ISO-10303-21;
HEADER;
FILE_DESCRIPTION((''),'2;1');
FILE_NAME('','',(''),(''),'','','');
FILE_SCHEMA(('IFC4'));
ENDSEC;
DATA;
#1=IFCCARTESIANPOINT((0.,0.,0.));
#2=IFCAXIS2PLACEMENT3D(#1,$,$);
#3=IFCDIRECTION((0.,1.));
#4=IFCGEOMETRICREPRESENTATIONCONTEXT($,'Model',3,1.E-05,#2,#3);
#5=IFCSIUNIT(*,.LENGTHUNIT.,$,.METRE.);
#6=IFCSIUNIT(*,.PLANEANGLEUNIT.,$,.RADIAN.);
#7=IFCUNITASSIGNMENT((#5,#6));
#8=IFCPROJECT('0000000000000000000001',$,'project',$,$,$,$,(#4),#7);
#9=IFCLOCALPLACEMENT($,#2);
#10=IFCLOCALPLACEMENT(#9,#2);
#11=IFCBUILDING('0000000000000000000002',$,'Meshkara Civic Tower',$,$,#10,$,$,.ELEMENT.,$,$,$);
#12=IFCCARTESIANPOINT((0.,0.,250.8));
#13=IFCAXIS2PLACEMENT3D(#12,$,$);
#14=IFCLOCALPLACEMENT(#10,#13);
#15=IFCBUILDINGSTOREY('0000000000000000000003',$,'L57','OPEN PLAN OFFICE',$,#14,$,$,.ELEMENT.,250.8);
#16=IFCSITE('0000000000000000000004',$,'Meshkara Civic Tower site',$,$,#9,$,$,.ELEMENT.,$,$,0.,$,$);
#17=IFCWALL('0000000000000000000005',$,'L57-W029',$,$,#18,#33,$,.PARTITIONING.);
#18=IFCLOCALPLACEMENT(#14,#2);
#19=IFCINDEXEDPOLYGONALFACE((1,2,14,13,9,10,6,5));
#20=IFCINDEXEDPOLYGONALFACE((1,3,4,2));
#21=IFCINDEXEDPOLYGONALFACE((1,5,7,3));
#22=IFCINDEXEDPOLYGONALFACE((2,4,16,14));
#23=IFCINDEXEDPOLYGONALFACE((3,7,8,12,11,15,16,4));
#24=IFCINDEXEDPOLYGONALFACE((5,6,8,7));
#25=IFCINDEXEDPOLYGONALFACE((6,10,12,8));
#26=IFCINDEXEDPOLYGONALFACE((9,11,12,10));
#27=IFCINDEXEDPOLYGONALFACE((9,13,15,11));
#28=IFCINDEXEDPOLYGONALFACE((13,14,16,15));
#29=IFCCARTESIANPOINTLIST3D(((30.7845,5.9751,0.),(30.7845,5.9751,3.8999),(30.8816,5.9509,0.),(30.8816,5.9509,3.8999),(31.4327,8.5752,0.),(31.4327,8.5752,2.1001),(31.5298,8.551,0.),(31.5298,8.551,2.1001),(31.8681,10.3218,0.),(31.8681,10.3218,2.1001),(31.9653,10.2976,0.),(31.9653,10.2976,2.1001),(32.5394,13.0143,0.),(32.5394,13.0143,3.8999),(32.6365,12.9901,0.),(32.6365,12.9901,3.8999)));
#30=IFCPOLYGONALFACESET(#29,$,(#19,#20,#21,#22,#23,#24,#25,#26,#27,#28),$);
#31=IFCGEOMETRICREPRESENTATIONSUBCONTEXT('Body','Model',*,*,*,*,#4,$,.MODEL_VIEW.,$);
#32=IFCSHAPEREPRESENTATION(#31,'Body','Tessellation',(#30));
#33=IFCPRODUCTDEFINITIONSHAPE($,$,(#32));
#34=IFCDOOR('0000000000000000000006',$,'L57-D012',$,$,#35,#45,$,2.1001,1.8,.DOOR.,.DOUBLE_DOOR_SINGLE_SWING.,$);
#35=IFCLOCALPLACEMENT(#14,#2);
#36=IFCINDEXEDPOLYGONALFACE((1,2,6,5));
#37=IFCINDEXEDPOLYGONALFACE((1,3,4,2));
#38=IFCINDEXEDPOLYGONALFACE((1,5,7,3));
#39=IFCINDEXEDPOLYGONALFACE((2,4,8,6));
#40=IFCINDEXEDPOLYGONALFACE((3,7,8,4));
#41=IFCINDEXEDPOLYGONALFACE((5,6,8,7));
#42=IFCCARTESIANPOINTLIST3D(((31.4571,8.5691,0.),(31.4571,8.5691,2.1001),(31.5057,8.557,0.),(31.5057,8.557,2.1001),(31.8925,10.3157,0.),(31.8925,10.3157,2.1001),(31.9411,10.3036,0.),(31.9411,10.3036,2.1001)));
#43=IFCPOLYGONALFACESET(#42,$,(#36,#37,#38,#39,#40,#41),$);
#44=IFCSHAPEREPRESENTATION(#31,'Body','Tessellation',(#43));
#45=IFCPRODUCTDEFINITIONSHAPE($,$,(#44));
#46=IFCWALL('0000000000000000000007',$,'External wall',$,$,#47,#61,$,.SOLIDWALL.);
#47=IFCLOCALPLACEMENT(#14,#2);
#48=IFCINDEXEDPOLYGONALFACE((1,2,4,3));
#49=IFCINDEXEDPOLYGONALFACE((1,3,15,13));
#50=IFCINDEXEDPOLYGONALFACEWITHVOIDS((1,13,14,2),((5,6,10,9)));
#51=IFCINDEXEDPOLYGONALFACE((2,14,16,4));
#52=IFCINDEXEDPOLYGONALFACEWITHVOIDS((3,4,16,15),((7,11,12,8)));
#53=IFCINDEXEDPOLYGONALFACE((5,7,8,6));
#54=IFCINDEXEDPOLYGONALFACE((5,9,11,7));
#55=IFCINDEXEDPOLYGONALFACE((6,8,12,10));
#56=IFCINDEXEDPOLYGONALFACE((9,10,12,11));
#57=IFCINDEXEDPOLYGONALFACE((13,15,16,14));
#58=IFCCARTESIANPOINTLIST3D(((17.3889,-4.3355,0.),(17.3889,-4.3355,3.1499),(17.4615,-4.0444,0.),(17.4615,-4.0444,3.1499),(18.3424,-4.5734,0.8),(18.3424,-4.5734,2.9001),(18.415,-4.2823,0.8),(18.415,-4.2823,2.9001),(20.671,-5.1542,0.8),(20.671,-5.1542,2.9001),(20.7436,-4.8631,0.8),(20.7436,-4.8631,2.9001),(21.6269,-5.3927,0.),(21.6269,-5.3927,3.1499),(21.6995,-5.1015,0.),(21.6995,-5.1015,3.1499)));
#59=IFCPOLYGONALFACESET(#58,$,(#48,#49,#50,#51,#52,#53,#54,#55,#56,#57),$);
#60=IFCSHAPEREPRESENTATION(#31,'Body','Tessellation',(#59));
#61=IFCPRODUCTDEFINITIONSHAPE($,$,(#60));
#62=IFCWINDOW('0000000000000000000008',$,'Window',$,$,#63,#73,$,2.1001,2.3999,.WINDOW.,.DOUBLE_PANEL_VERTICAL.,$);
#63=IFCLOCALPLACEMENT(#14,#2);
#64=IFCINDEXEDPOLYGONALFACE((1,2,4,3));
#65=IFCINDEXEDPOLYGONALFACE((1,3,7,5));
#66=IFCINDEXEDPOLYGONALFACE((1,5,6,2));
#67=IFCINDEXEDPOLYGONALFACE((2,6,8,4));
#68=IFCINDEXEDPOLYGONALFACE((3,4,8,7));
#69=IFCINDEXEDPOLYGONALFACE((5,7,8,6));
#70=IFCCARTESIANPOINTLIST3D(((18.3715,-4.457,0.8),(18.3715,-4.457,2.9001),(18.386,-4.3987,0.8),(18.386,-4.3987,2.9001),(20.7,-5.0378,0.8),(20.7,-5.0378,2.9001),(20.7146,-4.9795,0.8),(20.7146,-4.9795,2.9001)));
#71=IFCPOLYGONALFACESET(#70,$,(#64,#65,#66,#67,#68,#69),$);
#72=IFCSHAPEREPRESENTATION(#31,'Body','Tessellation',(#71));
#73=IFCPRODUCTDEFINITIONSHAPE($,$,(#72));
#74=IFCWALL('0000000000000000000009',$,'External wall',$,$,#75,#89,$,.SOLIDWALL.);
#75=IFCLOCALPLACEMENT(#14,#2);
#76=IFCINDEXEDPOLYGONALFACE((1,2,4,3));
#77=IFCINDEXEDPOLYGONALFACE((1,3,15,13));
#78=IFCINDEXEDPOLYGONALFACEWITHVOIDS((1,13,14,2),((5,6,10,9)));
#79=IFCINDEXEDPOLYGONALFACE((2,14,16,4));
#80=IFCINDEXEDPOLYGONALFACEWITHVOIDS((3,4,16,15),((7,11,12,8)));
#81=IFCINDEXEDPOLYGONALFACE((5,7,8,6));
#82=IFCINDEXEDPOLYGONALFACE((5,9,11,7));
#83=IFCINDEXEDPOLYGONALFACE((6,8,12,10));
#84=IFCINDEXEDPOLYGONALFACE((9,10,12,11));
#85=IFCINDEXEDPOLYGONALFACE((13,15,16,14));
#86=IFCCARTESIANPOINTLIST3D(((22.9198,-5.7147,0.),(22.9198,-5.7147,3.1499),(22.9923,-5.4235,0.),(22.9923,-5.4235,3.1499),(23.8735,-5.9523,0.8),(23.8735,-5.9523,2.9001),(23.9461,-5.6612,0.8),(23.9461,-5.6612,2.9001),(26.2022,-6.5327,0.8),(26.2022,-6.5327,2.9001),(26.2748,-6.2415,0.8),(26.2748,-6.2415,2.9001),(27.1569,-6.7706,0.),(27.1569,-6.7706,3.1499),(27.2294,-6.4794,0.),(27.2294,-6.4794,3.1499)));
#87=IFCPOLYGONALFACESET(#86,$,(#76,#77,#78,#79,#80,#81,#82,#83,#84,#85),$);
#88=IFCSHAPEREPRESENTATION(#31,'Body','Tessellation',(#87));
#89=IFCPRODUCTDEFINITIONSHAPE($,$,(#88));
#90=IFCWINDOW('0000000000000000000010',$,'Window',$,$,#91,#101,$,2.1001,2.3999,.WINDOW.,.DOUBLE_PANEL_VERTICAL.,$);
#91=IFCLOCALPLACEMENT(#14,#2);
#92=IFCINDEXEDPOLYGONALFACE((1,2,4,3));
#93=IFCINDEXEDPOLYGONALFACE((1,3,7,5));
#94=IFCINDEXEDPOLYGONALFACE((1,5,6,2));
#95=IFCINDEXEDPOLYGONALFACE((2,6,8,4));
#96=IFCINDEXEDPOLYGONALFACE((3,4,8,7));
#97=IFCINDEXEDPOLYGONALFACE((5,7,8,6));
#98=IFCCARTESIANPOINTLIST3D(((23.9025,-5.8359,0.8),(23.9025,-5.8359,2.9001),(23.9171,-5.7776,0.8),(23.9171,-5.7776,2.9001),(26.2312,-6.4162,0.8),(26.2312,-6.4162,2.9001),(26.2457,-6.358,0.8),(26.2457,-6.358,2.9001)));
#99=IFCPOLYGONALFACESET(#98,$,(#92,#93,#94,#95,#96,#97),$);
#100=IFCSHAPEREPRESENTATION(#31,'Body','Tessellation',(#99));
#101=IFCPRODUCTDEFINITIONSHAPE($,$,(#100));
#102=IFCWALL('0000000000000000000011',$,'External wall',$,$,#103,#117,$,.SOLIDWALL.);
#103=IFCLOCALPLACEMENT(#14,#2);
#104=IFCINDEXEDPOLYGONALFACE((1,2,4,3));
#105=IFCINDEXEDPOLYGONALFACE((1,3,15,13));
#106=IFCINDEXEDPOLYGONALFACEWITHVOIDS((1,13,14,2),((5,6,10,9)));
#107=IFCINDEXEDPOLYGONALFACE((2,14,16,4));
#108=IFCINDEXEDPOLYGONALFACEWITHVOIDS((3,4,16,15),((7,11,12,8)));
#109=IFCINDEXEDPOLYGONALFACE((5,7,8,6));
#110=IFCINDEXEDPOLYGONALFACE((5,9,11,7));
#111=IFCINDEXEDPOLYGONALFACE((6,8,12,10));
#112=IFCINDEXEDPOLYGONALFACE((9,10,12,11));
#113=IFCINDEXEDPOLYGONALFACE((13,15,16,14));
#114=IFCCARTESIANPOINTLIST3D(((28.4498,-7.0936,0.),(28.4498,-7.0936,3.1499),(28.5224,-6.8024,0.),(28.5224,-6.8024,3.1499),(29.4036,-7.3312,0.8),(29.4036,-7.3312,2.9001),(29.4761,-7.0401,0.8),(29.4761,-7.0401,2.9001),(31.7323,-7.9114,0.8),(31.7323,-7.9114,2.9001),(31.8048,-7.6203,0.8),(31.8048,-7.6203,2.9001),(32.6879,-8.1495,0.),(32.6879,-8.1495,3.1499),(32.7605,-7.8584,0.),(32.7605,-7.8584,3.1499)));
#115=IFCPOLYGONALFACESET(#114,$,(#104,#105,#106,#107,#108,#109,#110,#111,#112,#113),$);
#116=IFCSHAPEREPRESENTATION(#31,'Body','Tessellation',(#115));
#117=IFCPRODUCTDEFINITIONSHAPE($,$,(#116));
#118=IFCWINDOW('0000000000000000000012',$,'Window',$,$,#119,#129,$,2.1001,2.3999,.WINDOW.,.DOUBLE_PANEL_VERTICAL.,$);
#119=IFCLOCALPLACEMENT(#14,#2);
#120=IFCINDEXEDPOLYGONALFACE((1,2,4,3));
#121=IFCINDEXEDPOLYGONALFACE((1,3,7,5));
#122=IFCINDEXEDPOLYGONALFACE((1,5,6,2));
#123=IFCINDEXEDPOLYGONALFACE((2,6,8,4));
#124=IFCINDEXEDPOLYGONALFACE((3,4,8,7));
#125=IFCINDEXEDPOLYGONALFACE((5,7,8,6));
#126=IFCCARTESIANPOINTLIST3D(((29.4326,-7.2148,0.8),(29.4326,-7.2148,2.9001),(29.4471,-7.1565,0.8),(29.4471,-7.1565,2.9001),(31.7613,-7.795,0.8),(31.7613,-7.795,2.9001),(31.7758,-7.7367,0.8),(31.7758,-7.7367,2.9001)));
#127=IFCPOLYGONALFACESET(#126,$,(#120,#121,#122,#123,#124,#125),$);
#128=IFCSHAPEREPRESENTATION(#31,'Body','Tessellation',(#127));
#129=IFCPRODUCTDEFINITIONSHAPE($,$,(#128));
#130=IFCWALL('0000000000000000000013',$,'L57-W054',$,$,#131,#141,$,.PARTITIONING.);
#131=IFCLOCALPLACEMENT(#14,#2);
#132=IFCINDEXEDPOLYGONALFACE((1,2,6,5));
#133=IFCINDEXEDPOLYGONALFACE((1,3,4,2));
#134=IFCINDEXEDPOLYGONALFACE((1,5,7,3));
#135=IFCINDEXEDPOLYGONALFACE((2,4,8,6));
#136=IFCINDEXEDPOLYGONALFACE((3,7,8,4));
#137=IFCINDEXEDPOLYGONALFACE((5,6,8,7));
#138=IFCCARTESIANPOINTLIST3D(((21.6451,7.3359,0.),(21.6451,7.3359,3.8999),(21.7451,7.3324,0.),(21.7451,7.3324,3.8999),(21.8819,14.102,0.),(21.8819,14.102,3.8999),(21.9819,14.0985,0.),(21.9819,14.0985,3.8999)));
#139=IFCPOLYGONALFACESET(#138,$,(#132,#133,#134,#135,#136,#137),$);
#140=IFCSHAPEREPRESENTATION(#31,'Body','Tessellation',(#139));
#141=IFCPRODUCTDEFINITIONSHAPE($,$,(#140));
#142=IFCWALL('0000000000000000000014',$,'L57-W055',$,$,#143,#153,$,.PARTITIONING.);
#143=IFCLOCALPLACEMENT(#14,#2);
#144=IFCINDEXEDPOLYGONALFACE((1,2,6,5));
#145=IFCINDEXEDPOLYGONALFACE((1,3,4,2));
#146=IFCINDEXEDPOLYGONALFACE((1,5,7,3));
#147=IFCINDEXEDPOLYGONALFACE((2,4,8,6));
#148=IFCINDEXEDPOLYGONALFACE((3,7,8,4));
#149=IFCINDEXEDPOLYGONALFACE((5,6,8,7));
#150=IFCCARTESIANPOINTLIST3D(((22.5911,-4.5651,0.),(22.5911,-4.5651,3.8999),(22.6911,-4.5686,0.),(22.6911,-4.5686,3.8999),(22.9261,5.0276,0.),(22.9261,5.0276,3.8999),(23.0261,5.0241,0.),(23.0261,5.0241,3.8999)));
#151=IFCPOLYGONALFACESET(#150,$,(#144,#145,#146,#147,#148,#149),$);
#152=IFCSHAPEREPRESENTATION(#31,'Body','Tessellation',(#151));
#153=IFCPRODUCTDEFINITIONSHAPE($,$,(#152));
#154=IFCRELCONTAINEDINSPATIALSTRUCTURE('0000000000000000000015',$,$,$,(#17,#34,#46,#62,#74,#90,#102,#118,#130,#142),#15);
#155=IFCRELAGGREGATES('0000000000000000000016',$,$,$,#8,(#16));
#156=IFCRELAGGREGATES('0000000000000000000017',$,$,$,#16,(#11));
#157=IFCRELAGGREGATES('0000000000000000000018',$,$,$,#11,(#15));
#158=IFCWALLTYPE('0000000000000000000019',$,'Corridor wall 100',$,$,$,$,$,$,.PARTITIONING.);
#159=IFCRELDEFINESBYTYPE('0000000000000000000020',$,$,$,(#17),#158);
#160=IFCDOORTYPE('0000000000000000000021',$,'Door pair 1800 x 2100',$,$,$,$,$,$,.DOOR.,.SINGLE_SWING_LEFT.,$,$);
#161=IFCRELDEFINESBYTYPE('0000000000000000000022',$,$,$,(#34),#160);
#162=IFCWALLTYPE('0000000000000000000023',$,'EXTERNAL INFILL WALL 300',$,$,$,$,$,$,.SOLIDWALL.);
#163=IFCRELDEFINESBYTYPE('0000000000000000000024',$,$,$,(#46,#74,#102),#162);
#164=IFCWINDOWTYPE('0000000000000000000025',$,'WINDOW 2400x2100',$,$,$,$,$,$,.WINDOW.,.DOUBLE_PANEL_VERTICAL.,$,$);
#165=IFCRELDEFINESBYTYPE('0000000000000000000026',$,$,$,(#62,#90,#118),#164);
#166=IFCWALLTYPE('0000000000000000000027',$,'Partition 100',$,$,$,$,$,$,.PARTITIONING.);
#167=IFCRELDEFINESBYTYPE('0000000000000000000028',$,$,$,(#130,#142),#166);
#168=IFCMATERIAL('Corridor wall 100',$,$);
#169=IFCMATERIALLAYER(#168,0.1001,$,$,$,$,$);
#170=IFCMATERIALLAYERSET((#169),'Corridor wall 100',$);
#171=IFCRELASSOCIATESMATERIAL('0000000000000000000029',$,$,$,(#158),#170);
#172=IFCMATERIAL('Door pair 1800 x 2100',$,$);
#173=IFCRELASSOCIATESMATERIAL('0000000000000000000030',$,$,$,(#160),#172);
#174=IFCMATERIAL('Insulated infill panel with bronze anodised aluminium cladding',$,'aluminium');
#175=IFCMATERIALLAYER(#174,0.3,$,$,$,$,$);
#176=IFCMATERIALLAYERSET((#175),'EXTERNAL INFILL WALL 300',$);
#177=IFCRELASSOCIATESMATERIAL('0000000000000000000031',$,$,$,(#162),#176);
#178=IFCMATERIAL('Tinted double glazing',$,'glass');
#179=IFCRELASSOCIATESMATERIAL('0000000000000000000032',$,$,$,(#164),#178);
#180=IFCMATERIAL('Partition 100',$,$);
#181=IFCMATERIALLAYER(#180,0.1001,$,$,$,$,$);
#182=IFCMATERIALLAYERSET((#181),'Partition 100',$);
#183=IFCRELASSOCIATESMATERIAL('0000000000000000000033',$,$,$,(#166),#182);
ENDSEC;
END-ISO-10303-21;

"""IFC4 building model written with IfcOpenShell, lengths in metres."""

from ifc_helpers import new_model, si_unit, direction, frame, frame_2d, origin, place, context, subcontext, project, spatial, rectangle, extrude, material, layer, layer_set, type_object, element, fill, save


model = new_model("IFC4")

# Units and contexts
model_context = context("Model", 3, precision=1e-05, world=origin(), true_north=direction((0.0, 1.0)))
body_context = subcontext(model_context, "Body", "Model", "MODEL_VIEW")
ifc_project = project(units=[si_unit("LENGTHUNIT", "METRE"), si_unit("PLANEANGLEUNIT", "RADIAN")], contexts=[model_context])

# Site, building, storey
site_placement = place(None, origin())
site = spatial("IfcSite", under=ifc_project, at=site_placement, Name="Meshkara Civic Tower site", CompositionType="ELEMENT", RefElevation=0.0)
building_placement = place(site_placement, origin())
building = spatial("IfcBuilding", under=site, at=building_placement, Name="Meshkara Civic Tower", CompositionType="ELEMENT")
storey_placement = place(building_placement, frame((0.0, 0.0, 250.8)))
storey = spatial("IfcBuildingStorey", under=building, at=storey_placement, Name="L57", Description="OPEN PLAN OFFICE", CompositionType="ELEMENT", Elevation=250.8)

# Shared definitions
ifc_material_1 = material(Name="Corridor wall 100")
ifc_layer_1 = layer(ifc_material_1, 0.1001)
ifc_layer_set_1 = layer_set([ifc_layer_1], Name="Corridor wall 100")
wall_type_1 = type_object("IfcWallType", Name="Corridor wall 100", PredefinedType="PARTITIONING", material=ifc_layer_set_1)

# Wall, opening, door
wall_1_placement = place(storey_placement, frame((30.833, 5.9629, 0.0), z_axis=(0.0, 0.0, 1.0), x_axis=(0.241902, 0.970301, 0.0)))
wall_1 = element("IfcWall", 1, at=wall_1_placement, inside=storey, type_object=wall_type_1, Name="L57-W029", PredefinedType="PARTITIONING", context=body_context, shape_type="SweptSolid", body=[
    extrude(rectangle(XDim=7.2546, YDim=0.1001, at=frame_2d((3.6274, 0.0))), origin(), (0.0, 0.0, 1.0), 3.8999),
])
opening_1_placement = place(wall_1_placement, frame((2.6799, 0.0, 0.0)))
opening_1 = element("IfcOpeningElement", 2, at=opening_1_placement, cuts=wall_1, PredefinedType="OPENING", context=body_context, shape_type="SweptSolid", body=[
    extrude(rectangle(XDim=1.8, YDim=2.1001, at=frame_2d((0.8999, 1.05))), frame((0.0, 0.0601, 0.0), z_axis=(0.0, -1.0, 0.0), x_axis=(1.0, 0.0, 0.0)), (0.0, 0.0, 1.0), 0.1201),
])
ifc_material_2 = material(Name="Door pair 1800 x 2100")
door_type_1 = type_object("IfcDoorType", Name="Door pair 1800 x 2100", OperationType="SINGLE_SWING_LEFT", PredefinedType="DOOR", material=ifc_material_2)
door_1_placement = place(opening_1_placement, origin())
door_1 = element("IfcDoor", 3, at=door_1_placement, inside=storey, type_object=door_type_1, Name="L57-D012", OperationType="DOUBLE_DOOR_SINGLE_SWING", OverallHeight=2.1001, OverallWidth=1.8, PredefinedType="DOOR", context=body_context, shape_type="SweptSolid", body=[
    extrude(rectangle(XDim=1.8, YDim=2.1001, at=frame_2d((0.8999, 1.05))), frame((0.0, 0.0249, 0.0), z_axis=(0.0, -1.0, 0.0), x_axis=(1.0, 0.0, 0.0)), (0.0, 0.0, 1.0), 0.05),
])
fill(opening_1, door_1)

# Walls, openings, windows
ifc_material_3 = material(Name="Insulated infill panel with bronze anodised aluminium cladding", Category="aluminium")
ifc_layer_2 = layer(ifc_material_3, 0.3)
ifc_layer_set_2 = layer_set([ifc_layer_2], Name="EXTERNAL INFILL WALL 300")
wall_type_2 = type_object("IfcWallType", Name="EXTERNAL INFILL WALL 300", PredefinedType="SOLIDWALL", material=ifc_layer_set_2)
wall_2_placement = place(storey_placement, frame((17.425, -4.1899, 0.0), z_axis=(0.0, 0.0, 1.0), x_axis=(0.970271, -0.242023, 0.0)))
wall_2 = element("IfcWall", 4, at=wall_2_placement, inside=storey, type_object=wall_type_2, Name="External wall", PredefinedType="SOLIDWALL", context=body_context, shape_type="SweptSolid", body=[
    extrude(rectangle(XDim=4.3679, YDim=0.3, at=frame_2d((2.1841, 0.0))), origin(), (0.0, 0.0, 1.0), 3.1499),
])
opening_2_placement = place(wall_2_placement, frame((0.9829, 0.0, 0.8)))
opening_2 = element("IfcOpeningElement", 5, at=opening_2_placement, cuts=wall_2, PredefinedType="OPENING", context=body_context, shape_type="SweptSolid", body=[
    extrude(rectangle(XDim=2.3999, YDim=2.1001, at=frame_2d((1.2, 1.05))), frame((0.0, 0.1599, 0.0), z_axis=(0.0, -1.0, 0.0), x_axis=(1.0, 0.0, 0.0)), (0.0, 0.0, 1.0), 0.3201),
])
ifc_material_4 = material(Name="Tinted double glazing", Category="glass")
window_type = type_object("IfcWindowType", Name="WINDOW 2400x2100", PartitioningType="DOUBLE_PANEL_VERTICAL", PredefinedType="WINDOW", material=ifc_material_4)
window_1_placement = place(opening_2_placement, origin())
window_1 = element("IfcWindow", 6, at=window_1_placement, inside=storey, type_object=window_type, Name="Window", OverallHeight=2.1001, OverallWidth=2.3999, PartitioningType="DOUBLE_PANEL_VERTICAL", PredefinedType="WINDOW", context=body_context, shape_type="SweptSolid", body=[
    extrude(rectangle(XDim=2.3999, YDim=2.1001, at=frame_2d((1.2, 1.05))), frame((0.0, 0.03, 0.0), z_axis=(0.0, -1.0, 0.0), x_axis=(1.0, 0.0, 0.0)), (0.0, 0.0, 1.0), 0.0601),
])
fill(opening_2, window_1)
wall_3_placement = place(storey_placement, frame((22.9561, -5.5691, 0.0), z_axis=(0.0, 0.0, 1.0), x_axis=(0.970323, -0.241812, 0.0)))
wall_3 = element("IfcWall", 7, at=wall_3_placement, inside=storey, type_object=wall_type_2, Name="External wall", PredefinedType="SOLIDWALL", context=body_context, shape_type="SweptSolid", body=[
    extrude(rectangle(XDim=4.3667, YDim=0.3, at=frame_2d((2.1833, 0.0))), origin(), (0.0, 0.0, 1.0), 3.1499),
])
opening_3_placement = place(wall_3_placement, frame((0.9829, 0.0, 0.8)))
opening_3 = element("IfcOpeningElement", 8, at=opening_3_placement, cuts=wall_3, PredefinedType="OPENING", context=body_context, shape_type="SweptSolid", body=[
    extrude(rectangle(XDim=2.3999, YDim=2.1001, at=frame_2d((1.2, 1.05))), frame((0.0, 0.1599, 0.0), z_axis=(0.0, -1.0, 0.0), x_axis=(1.0, 0.0, 0.0)), (0.0, 0.0, 1.0), 0.3201),
])
window_2_placement = place(opening_3_placement, origin())
window_2 = element("IfcWindow", 9, at=window_2_placement, inside=storey, type_object=window_type, Name="Window", OverallHeight=2.1001, OverallWidth=2.3999, PartitioningType="DOUBLE_PANEL_VERTICAL", PredefinedType="WINDOW", context=body_context, shape_type="SweptSolid", body=[
    extrude(rectangle(XDim=2.3999, YDim=2.1001, at=frame_2d((1.2, 1.05))), frame((0.0, 0.03, 0.0), z_axis=(0.0, -1.0, 0.0), x_axis=(1.0, 0.0, 0.0)), (0.0, 0.0, 1.0), 0.0601),
])
fill(opening_3, window_2)
wall_4_placement = place(storey_placement, frame((28.4861, -6.948, 0.0), z_axis=(0.0, 0.0, 1.0), x_axis=(0.970336, -0.24176, 0.0)))
wall_4 = element("IfcWall", 10, at=wall_4_placement, inside=storey, type_object=wall_type_2, Name="External wall", PredefinedType="SOLIDWALL", context=body_context, shape_type="SweptSolid", body=[
    extrude(rectangle(XDim=4.3677, YDim=0.3, at=frame_2d((2.1838, 0.0))), origin(), (0.0, 0.0, 1.0), 3.1499),
])
opening_4_placement = place(wall_4_placement, frame((0.9829, 0.0, 0.8)))
opening_4 = element("IfcOpeningElement", 11, at=opening_4_placement, cuts=wall_4, PredefinedType="OPENING", context=body_context, shape_type="SweptSolid", body=[
    extrude(rectangle(XDim=2.3999, YDim=2.1001, at=frame_2d((1.2, 1.05))), frame((0.0, 0.1599, 0.0), z_axis=(0.0, -1.0, 0.0), x_axis=(1.0, 0.0, 0.0)), (0.0, 0.0, 1.0), 0.3201),
])
window_3_placement = place(opening_4_placement, origin())
window_3 = element("IfcWindow", 12, at=window_3_placement, inside=storey, type_object=window_type, Name="Window", OverallHeight=2.1001, OverallWidth=2.3999, PartitioningType="DOUBLE_PANEL_VERTICAL", PredefinedType="WINDOW", context=body_context, shape_type="SweptSolid", body=[
    extrude(rectangle(XDim=2.3999, YDim=2.1001, at=frame_2d((1.2, 1.05))), frame((0.0, 0.03, 0.0), z_axis=(0.0, -1.0, 0.0), x_axis=(1.0, 0.0, 0.0)), (0.0, 0.0, 1.0), 0.0601),
])
fill(opening_4, window_3)

# Walls
ifc_material_5 = material(Name="Partition 100")
ifc_layer_3 = layer(ifc_material_5, 0.1001)
ifc_layer_set_3 = layer_set([ifc_layer_3], Name="Partition 100")
wall_type_3 = type_object("IfcWallType", Name="Partition 100", PredefinedType="PARTITIONING", material=ifc_layer_set_3)
wall_5_placement = place(storey_placement, frame((21.6951, 7.334, 0.0), z_axis=(0.0, 0.0, 1.0), x_axis=(0.034979, 0.999388, 0.0)))
element("IfcWall", 13, at=wall_5_placement, inside=storey, type_object=wall_type_3, Name="L57-W054", PredefinedType="PARTITIONING", context=body_context, shape_type="SweptSolid", body=[
    extrude(rectangle(XDim=6.7703, YDim=0.1001, at=frame_2d((3.3853, 0.0))), origin(), (0.0, 0.0, 1.0), 3.8999),
])
wall_6_placement = place(storey_placement, frame((22.6411, -4.5669, 0.0), z_axis=(0.0, 0.0, 1.0), x_axis=(0.034897, 0.999391, 0.0)))
element("IfcWall", 14, at=wall_6_placement, inside=storey, type_object=wall_type_3, Name="L57-W055", PredefinedType="PARTITIONING", context=body_context, shape_type="SweptSolid", body=[
    extrude(rectangle(XDim=9.5986, YDim=0.1001, at=frame_2d((4.7993, 0.0))), origin(), (0.0, 0.0, 1.0), 3.8999),
])

save(model, "model.ifc")
